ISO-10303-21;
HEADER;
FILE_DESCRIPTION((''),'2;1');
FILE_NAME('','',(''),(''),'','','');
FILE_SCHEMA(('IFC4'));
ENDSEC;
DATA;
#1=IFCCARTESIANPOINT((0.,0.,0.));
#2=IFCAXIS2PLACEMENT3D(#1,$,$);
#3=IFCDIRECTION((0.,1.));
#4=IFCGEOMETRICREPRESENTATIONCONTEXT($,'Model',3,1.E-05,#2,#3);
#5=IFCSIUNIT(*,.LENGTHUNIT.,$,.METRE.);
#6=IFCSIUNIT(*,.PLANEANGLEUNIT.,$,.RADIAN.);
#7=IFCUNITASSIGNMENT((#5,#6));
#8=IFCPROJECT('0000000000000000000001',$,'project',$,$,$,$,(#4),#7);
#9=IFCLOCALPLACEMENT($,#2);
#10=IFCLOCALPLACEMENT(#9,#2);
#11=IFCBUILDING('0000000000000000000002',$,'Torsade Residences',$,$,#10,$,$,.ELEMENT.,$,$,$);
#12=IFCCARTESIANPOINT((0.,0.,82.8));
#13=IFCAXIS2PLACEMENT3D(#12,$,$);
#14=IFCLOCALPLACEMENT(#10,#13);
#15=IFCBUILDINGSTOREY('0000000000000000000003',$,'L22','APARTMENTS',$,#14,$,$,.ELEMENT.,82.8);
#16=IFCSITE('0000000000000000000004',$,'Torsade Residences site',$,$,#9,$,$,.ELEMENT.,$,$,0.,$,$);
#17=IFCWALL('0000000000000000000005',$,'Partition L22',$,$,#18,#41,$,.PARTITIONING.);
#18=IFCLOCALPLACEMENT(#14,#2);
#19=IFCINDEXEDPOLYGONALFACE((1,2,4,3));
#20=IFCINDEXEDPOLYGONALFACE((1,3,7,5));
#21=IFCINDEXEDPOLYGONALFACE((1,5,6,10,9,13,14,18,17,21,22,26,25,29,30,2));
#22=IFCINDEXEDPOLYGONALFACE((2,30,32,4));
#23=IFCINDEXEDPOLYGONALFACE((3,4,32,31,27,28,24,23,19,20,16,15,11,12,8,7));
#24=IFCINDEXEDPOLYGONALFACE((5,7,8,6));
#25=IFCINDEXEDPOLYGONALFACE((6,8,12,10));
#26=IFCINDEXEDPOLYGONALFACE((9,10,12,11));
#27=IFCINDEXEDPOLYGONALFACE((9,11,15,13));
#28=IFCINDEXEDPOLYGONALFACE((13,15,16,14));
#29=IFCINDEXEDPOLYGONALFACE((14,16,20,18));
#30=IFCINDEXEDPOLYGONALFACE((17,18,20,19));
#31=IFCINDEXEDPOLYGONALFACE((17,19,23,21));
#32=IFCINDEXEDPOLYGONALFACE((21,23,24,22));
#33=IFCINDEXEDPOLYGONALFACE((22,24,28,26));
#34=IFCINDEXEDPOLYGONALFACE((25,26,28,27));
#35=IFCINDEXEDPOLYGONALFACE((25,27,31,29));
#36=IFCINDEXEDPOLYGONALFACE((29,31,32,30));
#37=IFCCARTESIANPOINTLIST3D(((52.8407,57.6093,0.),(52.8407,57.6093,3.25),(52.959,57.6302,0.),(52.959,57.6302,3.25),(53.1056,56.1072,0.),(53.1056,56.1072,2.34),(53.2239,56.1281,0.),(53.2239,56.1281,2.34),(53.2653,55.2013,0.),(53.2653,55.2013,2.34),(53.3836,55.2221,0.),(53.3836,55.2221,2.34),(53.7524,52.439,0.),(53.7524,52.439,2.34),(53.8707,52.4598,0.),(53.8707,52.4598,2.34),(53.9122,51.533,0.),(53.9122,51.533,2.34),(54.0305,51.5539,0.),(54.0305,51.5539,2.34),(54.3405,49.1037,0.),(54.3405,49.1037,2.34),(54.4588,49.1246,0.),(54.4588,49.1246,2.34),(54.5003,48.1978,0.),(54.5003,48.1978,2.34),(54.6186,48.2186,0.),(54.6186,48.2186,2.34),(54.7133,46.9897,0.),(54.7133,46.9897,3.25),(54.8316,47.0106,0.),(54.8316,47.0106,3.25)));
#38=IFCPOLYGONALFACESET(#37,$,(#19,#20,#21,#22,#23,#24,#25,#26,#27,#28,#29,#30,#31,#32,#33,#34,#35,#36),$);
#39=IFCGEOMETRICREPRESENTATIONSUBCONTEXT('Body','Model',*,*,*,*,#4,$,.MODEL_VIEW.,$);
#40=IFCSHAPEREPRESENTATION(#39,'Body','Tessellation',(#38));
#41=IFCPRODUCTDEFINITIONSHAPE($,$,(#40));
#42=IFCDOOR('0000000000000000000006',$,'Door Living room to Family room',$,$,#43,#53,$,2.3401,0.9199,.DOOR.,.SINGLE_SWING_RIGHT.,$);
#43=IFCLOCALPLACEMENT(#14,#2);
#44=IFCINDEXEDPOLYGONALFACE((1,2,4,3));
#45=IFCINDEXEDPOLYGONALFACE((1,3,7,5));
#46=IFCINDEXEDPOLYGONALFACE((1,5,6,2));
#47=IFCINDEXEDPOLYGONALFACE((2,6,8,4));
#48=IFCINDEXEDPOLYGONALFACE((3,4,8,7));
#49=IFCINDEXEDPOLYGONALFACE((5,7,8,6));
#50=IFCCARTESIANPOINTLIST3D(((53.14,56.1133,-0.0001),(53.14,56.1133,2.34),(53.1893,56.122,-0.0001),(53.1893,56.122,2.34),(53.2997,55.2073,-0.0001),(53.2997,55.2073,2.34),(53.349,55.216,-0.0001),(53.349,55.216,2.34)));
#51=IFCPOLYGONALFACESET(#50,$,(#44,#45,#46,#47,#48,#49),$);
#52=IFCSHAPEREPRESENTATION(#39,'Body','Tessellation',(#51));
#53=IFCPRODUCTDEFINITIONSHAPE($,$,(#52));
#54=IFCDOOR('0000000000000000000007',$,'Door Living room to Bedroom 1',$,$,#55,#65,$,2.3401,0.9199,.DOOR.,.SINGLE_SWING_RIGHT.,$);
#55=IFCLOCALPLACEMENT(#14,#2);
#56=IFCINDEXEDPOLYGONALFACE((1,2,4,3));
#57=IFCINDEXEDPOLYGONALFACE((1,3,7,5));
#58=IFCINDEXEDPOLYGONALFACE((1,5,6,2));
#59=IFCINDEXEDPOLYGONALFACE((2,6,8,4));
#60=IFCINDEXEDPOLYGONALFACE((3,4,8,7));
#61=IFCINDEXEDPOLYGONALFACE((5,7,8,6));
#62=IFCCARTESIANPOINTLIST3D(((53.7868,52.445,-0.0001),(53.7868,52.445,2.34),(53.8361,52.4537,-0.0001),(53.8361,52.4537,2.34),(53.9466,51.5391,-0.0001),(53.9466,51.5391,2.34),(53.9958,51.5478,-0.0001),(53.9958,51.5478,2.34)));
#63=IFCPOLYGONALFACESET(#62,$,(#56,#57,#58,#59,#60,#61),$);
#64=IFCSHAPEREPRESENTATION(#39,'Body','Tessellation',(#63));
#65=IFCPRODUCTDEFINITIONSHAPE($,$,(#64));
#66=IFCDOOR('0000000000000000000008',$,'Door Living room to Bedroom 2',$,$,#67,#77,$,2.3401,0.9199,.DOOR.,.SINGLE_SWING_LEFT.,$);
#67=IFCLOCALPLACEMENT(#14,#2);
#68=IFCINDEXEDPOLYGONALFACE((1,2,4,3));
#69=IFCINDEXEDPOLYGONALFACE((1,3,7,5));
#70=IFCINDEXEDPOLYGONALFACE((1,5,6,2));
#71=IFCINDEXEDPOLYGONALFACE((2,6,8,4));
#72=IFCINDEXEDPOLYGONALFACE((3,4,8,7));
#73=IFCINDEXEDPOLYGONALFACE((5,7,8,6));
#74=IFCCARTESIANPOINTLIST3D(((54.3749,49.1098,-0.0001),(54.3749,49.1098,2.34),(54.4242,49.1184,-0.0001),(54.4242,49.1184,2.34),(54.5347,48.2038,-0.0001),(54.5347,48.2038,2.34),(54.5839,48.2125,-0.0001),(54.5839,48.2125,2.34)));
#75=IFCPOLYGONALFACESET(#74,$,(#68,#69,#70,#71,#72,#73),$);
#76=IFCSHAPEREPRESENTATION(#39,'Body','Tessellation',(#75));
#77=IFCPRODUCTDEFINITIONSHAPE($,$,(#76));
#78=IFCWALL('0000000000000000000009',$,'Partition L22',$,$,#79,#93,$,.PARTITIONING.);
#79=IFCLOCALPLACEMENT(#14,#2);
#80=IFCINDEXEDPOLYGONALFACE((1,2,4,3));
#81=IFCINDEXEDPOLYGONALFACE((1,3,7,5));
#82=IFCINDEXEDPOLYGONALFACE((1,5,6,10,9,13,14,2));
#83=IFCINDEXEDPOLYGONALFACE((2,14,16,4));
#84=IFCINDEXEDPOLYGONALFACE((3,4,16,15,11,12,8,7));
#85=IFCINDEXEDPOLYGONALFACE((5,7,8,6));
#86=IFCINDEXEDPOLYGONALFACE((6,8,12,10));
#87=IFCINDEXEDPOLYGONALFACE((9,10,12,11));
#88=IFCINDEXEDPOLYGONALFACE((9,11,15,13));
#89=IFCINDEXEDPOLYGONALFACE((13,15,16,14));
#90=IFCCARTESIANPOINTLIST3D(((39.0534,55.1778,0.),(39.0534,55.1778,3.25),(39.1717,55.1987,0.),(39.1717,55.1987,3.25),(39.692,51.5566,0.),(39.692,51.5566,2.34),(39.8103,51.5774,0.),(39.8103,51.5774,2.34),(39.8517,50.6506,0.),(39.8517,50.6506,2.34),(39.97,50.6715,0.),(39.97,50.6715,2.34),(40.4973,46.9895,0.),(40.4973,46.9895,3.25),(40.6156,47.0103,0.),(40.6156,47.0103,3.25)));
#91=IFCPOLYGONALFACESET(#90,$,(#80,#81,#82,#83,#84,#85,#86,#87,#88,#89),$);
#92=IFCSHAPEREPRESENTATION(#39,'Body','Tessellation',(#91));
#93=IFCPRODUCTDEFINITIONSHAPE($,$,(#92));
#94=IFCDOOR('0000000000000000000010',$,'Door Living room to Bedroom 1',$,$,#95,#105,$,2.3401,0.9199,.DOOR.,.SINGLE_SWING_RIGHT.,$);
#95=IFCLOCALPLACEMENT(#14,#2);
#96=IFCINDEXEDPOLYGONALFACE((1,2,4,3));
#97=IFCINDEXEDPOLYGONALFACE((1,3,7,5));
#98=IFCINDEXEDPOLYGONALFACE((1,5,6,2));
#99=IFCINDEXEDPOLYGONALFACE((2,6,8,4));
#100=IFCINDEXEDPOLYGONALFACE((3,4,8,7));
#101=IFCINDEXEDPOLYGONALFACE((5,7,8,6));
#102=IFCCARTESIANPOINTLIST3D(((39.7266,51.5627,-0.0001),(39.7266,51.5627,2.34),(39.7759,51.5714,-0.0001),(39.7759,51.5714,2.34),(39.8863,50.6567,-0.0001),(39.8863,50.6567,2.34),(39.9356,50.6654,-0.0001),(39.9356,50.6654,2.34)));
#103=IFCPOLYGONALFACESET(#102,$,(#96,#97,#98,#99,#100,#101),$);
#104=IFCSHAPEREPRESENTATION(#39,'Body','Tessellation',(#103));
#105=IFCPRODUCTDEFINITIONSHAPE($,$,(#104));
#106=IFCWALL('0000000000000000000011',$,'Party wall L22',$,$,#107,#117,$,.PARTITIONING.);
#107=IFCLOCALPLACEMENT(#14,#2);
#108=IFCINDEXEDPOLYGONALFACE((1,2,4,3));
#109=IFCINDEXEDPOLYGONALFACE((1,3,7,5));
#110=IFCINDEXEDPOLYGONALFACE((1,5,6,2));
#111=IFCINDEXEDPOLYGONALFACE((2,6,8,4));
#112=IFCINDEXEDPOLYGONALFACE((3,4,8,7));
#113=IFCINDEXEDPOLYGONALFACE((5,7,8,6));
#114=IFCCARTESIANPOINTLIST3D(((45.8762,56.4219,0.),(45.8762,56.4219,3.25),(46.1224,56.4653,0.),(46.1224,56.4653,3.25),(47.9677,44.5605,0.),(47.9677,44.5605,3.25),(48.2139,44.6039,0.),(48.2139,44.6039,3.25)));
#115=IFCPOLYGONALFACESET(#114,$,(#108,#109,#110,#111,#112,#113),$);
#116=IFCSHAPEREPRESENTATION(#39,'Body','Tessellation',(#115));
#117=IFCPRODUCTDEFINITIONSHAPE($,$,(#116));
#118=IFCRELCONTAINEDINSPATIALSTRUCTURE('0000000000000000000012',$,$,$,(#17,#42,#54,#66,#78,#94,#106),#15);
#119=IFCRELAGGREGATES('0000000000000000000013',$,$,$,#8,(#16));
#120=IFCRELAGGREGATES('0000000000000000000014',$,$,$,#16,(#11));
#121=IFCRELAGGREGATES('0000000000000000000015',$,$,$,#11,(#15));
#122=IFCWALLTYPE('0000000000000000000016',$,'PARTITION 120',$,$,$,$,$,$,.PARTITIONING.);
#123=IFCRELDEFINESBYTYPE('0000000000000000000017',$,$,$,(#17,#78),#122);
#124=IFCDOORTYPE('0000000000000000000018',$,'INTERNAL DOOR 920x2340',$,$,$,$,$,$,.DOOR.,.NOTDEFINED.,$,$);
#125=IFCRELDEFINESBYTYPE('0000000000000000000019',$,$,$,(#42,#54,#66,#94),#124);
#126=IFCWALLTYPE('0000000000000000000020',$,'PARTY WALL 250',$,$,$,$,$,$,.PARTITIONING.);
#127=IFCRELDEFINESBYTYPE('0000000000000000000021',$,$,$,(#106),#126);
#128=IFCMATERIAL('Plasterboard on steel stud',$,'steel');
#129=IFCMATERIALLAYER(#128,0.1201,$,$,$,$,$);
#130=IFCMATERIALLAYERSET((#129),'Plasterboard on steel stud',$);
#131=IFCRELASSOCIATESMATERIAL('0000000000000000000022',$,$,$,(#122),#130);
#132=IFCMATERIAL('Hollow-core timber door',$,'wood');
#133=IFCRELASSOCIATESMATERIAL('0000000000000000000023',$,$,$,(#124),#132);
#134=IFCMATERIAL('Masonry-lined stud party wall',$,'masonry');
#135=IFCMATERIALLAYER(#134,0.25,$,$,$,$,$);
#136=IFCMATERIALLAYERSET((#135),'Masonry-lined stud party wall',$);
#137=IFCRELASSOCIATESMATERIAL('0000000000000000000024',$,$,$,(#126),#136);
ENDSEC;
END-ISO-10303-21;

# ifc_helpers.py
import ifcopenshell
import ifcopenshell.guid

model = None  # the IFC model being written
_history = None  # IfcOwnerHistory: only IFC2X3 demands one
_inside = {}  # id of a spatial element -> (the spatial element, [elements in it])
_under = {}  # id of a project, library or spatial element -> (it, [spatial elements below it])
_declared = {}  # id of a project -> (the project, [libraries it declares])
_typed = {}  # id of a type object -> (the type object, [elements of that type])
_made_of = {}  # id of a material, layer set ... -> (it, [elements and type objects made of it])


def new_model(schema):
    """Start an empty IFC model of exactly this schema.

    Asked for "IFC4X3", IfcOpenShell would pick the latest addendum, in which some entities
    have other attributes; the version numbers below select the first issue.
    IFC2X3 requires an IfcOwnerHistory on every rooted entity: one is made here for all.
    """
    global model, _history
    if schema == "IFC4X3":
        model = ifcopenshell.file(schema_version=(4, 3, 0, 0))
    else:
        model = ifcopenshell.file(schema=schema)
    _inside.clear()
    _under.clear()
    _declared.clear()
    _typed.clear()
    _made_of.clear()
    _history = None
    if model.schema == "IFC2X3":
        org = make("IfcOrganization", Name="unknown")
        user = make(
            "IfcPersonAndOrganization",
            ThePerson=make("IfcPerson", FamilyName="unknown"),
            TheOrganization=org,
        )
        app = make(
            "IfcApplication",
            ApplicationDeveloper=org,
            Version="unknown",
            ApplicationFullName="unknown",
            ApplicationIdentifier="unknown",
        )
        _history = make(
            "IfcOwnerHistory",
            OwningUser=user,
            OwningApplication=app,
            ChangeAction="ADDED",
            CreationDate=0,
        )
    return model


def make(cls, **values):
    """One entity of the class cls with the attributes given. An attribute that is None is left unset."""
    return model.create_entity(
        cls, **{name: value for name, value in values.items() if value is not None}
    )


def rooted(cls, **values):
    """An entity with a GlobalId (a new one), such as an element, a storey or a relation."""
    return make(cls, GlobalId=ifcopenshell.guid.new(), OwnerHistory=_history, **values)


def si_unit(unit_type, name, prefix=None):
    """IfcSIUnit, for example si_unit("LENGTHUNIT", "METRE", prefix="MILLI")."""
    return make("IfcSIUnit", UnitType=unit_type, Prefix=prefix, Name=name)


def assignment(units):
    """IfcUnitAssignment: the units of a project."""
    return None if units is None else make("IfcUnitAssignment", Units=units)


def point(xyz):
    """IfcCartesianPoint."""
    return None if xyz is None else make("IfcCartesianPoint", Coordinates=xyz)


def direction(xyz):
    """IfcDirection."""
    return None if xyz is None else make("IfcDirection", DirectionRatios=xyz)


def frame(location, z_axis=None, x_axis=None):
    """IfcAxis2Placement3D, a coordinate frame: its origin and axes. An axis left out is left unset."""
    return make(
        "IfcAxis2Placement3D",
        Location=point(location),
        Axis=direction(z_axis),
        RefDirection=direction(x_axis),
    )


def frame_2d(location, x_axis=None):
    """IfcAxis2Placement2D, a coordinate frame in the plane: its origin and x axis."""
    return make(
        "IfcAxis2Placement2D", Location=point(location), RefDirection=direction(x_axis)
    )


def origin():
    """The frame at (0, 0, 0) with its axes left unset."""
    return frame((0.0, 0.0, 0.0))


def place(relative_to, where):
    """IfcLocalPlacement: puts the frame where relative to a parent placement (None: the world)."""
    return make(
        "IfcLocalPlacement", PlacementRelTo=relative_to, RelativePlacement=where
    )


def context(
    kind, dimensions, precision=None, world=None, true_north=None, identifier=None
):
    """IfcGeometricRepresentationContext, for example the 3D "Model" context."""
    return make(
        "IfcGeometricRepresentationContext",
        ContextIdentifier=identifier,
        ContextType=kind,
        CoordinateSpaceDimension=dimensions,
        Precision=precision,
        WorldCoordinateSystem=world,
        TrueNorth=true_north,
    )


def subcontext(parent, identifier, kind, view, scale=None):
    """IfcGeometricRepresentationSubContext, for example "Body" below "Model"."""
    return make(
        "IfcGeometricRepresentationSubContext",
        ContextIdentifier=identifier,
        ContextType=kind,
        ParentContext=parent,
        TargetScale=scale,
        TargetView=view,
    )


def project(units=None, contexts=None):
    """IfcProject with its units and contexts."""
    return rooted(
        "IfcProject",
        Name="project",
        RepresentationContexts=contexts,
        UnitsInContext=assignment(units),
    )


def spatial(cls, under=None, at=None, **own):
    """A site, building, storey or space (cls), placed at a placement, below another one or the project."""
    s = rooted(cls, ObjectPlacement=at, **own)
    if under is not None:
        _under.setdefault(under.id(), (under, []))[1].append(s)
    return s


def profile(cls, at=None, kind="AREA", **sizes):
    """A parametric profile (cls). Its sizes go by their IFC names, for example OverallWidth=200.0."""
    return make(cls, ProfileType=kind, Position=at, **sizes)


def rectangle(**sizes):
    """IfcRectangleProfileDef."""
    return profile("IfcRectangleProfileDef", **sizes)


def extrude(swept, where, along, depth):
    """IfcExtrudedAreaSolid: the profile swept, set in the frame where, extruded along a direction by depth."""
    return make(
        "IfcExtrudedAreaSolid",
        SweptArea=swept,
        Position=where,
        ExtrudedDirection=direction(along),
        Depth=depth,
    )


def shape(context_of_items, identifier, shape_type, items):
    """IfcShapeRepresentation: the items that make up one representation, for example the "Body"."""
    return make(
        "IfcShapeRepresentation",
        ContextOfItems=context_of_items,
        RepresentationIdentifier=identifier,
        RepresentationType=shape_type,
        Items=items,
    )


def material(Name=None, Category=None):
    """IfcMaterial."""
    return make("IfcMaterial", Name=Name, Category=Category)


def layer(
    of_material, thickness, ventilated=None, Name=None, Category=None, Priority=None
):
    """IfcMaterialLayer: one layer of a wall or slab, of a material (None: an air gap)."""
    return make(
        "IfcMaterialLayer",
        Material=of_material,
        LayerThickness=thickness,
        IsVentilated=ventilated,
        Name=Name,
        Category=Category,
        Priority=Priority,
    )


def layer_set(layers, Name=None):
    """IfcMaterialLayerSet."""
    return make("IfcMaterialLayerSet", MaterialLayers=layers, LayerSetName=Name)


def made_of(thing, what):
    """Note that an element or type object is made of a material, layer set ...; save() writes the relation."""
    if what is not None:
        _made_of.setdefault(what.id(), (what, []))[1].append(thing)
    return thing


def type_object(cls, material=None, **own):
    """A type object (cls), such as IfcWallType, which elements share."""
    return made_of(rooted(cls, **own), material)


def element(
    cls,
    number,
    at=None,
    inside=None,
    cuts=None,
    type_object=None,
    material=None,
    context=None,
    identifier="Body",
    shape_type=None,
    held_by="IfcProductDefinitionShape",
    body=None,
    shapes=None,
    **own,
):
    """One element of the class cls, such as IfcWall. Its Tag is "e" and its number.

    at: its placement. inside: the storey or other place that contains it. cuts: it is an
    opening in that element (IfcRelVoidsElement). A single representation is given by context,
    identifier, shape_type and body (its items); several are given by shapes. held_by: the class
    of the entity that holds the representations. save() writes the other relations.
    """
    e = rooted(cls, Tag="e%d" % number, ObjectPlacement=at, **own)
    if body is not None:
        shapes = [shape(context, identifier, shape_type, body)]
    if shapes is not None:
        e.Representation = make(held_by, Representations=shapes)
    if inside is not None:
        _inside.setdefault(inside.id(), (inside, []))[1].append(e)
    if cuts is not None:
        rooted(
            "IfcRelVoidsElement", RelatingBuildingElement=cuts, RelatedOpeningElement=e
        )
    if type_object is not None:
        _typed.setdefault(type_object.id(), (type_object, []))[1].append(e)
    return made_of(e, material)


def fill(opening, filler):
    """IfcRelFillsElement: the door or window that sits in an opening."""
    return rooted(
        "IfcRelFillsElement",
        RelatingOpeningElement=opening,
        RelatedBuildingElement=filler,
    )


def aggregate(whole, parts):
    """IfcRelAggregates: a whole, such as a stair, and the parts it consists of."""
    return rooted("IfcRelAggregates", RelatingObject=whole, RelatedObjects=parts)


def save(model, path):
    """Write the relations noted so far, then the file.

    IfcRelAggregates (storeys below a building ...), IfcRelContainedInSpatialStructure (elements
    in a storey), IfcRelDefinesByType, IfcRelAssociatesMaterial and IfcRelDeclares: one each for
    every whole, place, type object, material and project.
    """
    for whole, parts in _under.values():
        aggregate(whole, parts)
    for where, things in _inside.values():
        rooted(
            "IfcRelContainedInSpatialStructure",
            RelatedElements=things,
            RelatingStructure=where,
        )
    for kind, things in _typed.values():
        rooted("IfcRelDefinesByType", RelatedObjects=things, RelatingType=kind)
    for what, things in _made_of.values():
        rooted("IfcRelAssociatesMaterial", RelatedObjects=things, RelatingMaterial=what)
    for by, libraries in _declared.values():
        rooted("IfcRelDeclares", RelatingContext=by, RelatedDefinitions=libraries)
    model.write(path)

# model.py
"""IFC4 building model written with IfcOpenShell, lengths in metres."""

from ifc_helpers import new_model, si_unit, direction, frame, frame_2d, origin, place, context, subcontext, project, spatial, rectangle, extrude, material, layer, layer_set, type_object, element, fill, save


model = new_model("IFC4")

# Units and contexts
model_context = context("Model", 3, precision=1e-05, world=origin(), true_north=direction((0.0, 1.0)))
body_context = subcontext(model_context, "Body", "Model", "MODEL_VIEW")
ifc_project = project(units=[si_unit("LENGTHUNIT", "METRE"), si_unit("PLANEANGLEUNIT", "RADIAN")], contexts=[model_context])

# Site, building, storey
site_placement = place(None, origin())
site = spatial("IfcSite", under=ifc_project, at=site_placement, Name="Torsade Residences site", CompositionType="ELEMENT", RefElevation=0.0)
building_placement = place(site_placement, origin())
building = spatial("IfcBuilding", under=site, at=building_placement, Name="Torsade Residences", CompositionType="ELEMENT")
storey_placement = place(building_placement, frame((0.0, 0.0, 82.8)))
storey = spatial("IfcBuildingStorey", under=building, at=storey_placement, Name="L22", Description="APARTMENTS", CompositionType="ELEMENT", Elevation=82.8)

# Shared definitions
ifc_material_1 = material(Name="Plasterboard on steel stud", Category="steel")
ifc_layer_1 = layer(ifc_material_1, 0.1201)
ifc_layer_set_1 = layer_set([ifc_layer_1], Name="Plasterboard on steel stud")
wall_type_1 = type_object("IfcWallType", Name="PARTITION 120", PredefinedType="PARTITIONING", material=ifc_layer_set_1)
ifc_material_2 = material(Name="Hollow-core timber door", Category="wood")
door_type_1 = type_object("IfcDoorType", Name="INTERNAL DOOR 920x2340", OperationType="NOTDEFINED", PredefinedType="DOOR", material=ifc_material_2)

# Wall, openings, doors
wall_1_placement = place(storey_placement, frame((52.8999, 57.6196, 0.0), z_axis=(0.0, 0.0, 1.0), x_axis=(0.173651, -0.984807, 0.0)))
wall_1 = element("IfcWall", 1, at=wall_1_placement, inside=storey, type_object=wall_type_1, Name="Partition L22", PredefinedType="PARTITIONING", context=body_context, shape_type="SweptSolid", body=[
    extrude(rectangle(XDim=10.7834, YDim=0.1201, at=frame_2d((5.3916, 0.0))), origin(), (0.0, 0.0, 1.0), 3.25),
])
opening_1_placement = place(wall_1_placement, frame((1.5251, 0.0, 0.0)))
opening_1 = element("IfcOpeningElement", 2, at=opening_1_placement, cuts=wall_1, PredefinedType="OPENING", context=body_context, shape_type="SweptSolid", body=[
    extrude(rectangle(XDim=0.9199, YDim=2.3401, at=frame_2d((0.46, 1.1699))), frame((0.0, 0.0701, 0.0), z_axis=(0.0, -1.0, 0.0), x_axis=(1.0, 0.0, 0.0)), (0.0, 0.0, 1.0), 0.1401),
])
opening_2_placement = place(wall_1_placement, frame((5.25, 0.0, 0.0)))
opening_2 = element("IfcOpeningElement", 3, at=opening_2_placement, cuts=wall_1, PredefinedType="OPENING", context=body_context, shape_type="SweptSolid", body=[
    extrude(rectangle(XDim=0.9199, YDim=2.3401, at=frame_2d((0.46, 1.1699))), frame((0.0, 0.0701, 0.0), z_axis=(0.0, -1.0, 0.0), x_axis=(1.0, 0.0, 0.0)), (0.0, 0.0, 1.0), 0.1401),
])
opening_3_placement = place(wall_1_placement, frame((8.6367, 0.0, 0.0)))
opening_3 = element("IfcOpeningElement", 4, at=opening_3_placement, cuts=wall_1, PredefinedType="OPENING", context=body_context, shape_type="SweptSolid", body=[
    extrude(rectangle(XDim=0.9199, YDim=2.3401, at=frame_2d((0.46, 1.1699))), frame((0.0, 0.0701, 0.0), z_axis=(0.0, -1.0, 0.0), x_axis=(1.0, 0.0, 0.0)), (0.0, 0.0, 1.0), 0.1401),
])
door_1_placement = place(opening_1_placement, origin())
door_1 = element("IfcDoor", 5, at=door_1_placement, inside=storey, type_object=door_type_1, Name="Door Living room to Family room", OperationType="SINGLE_SWING_RIGHT", OverallHeight=2.3401, OverallWidth=0.9199, PredefinedType="DOOR", context=body_context, shape_type="SweptSolid", body=[
    extrude(rectangle(XDim=0.9199, YDim=2.3401, at=frame_2d((0.46, 1.1699))), frame((0.0, 0.0249, 0.0), z_axis=(0.0, -1.0, 0.0), x_axis=(1.0, 0.0, 0.0)), (0.0, 0.0, 1.0), 0.05),
])
fill(opening_1, door_1)
door_2_placement = place(opening_2_placement, origin())
door_2 = element("IfcDoor", 6, at=door_2_placement, inside=storey, type_object=door_type_1, Name="Door Living room to Bedroom 1", OperationType="SINGLE_SWING_RIGHT", OverallHeight=2.3401, OverallWidth=0.9199, PredefinedType="DOOR", context=body_context, shape_type="SweptSolid", body=[
    extrude(rectangle(XDim=0.9199, YDim=2.3401, at=frame_2d((0.46, 1.1699))), frame((0.0, 0.0249, 0.0), z_axis=(0.0, -1.0, 0.0), x_axis=(1.0, 0.0, 0.0)), (0.0, 0.0, 1.0), 0.05),
])
fill(opening_2, door_2)
door_3_placement = place(opening_3_placement, origin())
door_3 = element("IfcDoor", 7, at=door_3_placement, inside=storey, type_object=door_type_1, Name="Door Living room to Bedroom 2", OperationType="SINGLE_SWING_LEFT", OverallHeight=2.3401, OverallWidth=0.9199, PredefinedType="DOOR", context=body_context, shape_type="SweptSolid", body=[
    extrude(rectangle(XDim=0.9199, YDim=2.3401, at=frame_2d((0.46, 1.1699))), frame((0.0, 0.0249, 0.0), z_axis=(0.0, -1.0, 0.0), x_axis=(1.0, 0.0, 0.0)), (0.0, 0.0, 1.0), 0.05),
])
fill(opening_3, door_3)

# Wall, opening, door
wall_2_placement = place(storey_placement, frame((40.5564, 47.0, 0.0), z_axis=(0.0, 0.0, 1.0), x_axis=(-0.173648, 0.984808, 0.0)))
wall_2 = element("IfcWall", 8, at=wall_2_placement, inside=storey, type_object=wall_type_1, Name="Partition L22", PredefinedType="PARTITIONING", context=body_context, shape_type="SweptSolid", body=[
    extrude(rectangle(XDim=8.3147, YDim=0.1201, at=frame_2d((4.1572, 0.0))), origin(), (0.0, 0.0, 1.0), 3.25),
])
opening_4_placement = place(wall_2_placement, frame((3.7175, 0.0, 0.0)))
opening_4 = element("IfcOpeningElement", 9, at=opening_4_placement, cuts=wall_2, PredefinedType="OPENING", context=body_context, shape_type="SweptSolid", body=[
    extrude(rectangle(XDim=0.9199, YDim=2.3401, at=frame_2d((0.46, 1.1699))), frame((0.0, 0.0701, 0.0), z_axis=(0.0, -1.0, 0.0), x_axis=(1.0, 0.0, 0.0)), (0.0, 0.0, 1.0), 0.1401),
])
door_4_placement = place(opening_4_placement, origin())
door_4 = element("IfcDoor", 10, at=door_4_placement, inside=storey, type_object=door_type_1, Name="Door Living room to Bedroom 1", OperationType="SINGLE_SWING_RIGHT", OverallHeight=2.3401, OverallWidth=0.9199, PredefinedType="DOOR", context=body_context, shape_type="SweptSolid", body=[
    extrude(rectangle(XDim=0.9199, YDim=2.3401, at=frame_2d((0.46, 1.1699))), frame((0.0, 0.0249, 0.0), z_axis=(0.0, -1.0, 0.0), x_axis=(1.0, 0.0, 0.0)), (0.0, 0.0, 1.0), 0.05),
])
fill(opening_4, door_4)

# Wall
ifc_material_3 = material(Name="Masonry-lined stud party wall", Category="masonry")
ifc_layer_2 = layer(ifc_material_3, 0.25)
ifc_layer_set_2 = layer_set([ifc_layer_2], Name="Masonry-lined stud party wall")
wall_type_2 = type_object("IfcWallType", Name="PARTY WALL 250", PredefinedType="PARTITIONING", material=ifc_layer_set_2)
wall_3_placement = place(storey_placement, frame((45.9993, 56.4436, 0.0), z_axis=(0.0, 0.0, 1.0), x_axis=(0.173655, -0.984807, 0.0)))
element("IfcWall", 11, at=wall_3_placement, inside=storey, type_object=wall_type_2, Name="Party wall L22", PredefinedType="PARTITIONING", context=body_context, shape_type="SweptSolid", body=[
    extrude(rectangle(XDim=12.0444, YDim=0.25, at=frame_2d((6.0222, 0.0))), origin(), (0.0, 0.0, 1.0), 3.25),
])

save(model, "model.ifc")
